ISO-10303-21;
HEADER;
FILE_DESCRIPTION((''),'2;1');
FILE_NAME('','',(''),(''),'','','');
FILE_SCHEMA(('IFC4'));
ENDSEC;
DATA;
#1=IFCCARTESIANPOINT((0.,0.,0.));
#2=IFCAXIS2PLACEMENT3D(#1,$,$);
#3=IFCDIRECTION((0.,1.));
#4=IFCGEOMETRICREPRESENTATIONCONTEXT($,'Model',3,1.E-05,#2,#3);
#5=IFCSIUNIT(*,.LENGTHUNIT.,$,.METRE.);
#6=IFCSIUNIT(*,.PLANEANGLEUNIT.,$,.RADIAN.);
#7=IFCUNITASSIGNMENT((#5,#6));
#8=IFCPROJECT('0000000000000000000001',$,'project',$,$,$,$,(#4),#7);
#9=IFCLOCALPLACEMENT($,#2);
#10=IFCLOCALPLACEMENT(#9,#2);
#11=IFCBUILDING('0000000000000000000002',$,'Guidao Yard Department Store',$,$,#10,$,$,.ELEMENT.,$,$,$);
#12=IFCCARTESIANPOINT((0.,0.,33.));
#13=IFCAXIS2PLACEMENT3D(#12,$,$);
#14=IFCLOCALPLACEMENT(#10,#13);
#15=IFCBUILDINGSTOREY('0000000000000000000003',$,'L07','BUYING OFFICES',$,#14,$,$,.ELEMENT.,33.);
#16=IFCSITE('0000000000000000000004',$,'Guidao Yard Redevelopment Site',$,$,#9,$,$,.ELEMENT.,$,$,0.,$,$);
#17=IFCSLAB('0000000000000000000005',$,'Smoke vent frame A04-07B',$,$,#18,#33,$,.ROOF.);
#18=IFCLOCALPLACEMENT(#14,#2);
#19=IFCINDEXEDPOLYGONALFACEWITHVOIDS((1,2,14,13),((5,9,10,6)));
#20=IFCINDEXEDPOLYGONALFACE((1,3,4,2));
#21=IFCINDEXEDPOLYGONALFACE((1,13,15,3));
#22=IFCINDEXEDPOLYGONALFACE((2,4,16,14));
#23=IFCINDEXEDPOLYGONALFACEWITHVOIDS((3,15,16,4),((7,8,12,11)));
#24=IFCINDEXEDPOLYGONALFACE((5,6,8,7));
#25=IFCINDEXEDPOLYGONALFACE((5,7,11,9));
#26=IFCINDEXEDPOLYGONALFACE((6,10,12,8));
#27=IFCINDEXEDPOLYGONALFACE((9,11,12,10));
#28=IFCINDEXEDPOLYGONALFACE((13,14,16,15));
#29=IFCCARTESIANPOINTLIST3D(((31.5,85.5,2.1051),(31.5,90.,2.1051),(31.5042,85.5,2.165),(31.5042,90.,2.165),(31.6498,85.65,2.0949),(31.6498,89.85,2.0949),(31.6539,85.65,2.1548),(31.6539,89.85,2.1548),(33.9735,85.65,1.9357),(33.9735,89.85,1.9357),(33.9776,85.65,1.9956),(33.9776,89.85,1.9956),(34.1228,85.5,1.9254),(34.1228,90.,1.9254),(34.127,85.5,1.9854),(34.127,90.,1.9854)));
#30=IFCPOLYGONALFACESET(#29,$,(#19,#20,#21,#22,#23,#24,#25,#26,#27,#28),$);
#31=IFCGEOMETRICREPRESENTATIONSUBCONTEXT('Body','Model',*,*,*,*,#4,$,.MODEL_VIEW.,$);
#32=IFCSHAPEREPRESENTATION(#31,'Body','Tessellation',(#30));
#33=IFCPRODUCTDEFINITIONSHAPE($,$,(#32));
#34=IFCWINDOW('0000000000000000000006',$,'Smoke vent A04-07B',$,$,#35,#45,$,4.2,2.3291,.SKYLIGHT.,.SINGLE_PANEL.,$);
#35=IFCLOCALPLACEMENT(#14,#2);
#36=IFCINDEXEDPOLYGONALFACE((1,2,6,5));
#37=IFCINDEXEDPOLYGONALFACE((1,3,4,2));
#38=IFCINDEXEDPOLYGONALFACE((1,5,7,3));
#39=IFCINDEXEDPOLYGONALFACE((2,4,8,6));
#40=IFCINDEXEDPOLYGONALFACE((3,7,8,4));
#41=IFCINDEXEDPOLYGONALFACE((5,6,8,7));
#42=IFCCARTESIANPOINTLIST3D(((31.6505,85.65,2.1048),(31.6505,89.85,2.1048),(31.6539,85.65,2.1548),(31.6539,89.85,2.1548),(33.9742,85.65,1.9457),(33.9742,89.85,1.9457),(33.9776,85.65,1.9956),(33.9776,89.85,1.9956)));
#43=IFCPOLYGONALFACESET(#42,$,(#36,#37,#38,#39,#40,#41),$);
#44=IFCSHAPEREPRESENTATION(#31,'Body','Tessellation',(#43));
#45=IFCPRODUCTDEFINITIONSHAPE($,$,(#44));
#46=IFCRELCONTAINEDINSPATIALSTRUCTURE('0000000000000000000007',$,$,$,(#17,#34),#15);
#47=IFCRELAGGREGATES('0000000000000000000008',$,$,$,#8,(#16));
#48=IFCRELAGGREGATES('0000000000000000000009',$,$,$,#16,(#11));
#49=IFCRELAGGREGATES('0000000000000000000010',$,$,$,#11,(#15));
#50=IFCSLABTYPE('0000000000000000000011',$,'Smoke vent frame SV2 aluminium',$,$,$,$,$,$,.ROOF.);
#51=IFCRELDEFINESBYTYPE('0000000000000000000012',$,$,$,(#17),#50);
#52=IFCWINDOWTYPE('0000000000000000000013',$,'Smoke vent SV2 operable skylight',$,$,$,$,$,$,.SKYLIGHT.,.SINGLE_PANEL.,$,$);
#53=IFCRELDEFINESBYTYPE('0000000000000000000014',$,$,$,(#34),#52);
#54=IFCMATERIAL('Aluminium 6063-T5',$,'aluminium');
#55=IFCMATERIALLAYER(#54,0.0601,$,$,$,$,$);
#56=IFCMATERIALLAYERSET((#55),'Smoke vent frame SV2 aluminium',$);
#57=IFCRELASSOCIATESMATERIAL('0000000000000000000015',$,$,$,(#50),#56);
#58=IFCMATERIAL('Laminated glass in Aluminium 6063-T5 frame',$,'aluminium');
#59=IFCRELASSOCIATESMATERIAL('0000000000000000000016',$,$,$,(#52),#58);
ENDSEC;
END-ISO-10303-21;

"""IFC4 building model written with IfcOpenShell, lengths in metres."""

from ifc_helpers import new_model, si_unit, direction, frame, origin, origin_2d, place, context, subcontext, project, spatial, polyline, rectangle, outline, extrude, material, layer, layer_set, type_object, element, fill, save


model = new_model("IFC4")

# Units and contexts
model_context = context("Model", 3, precision=1e-05, world=origin(), true_north=direction((0.0, 1.0)))
body_context = subcontext(model_context, "Body", "Model", "MODEL_VIEW")
ifc_project = project(units=[si_unit("LENGTHUNIT", "METRE"), si_unit("PLANEANGLEUNIT", "RADIAN")], contexts=[model_context])

# Site, building, storey
site_placement = place(None, origin())
site = spatial("IfcSite", under=ifc_project, at=site_placement, Name="Guidao Yard Redevelopment Site", CompositionType="ELEMENT", RefElevation=0.0)
building_placement = place(site_placement, origin())
building = spatial("IfcBuilding", under=site, at=building_placement, Name="Guidao Yard Department Store", CompositionType="ELEMENT")
storey_placement = place(building_placement, frame((0.0, 0.0, 33.0)))
storey = spatial("IfcBuildingStorey", under=building, at=storey_placement, Name="L07", Description="BUYING OFFICES", CompositionType="ELEMENT", Elevation=33.0)

# Slab, opening, window
ifc_material_1 = material(Name="Aluminium 6063-T5", Category="aluminium")
ifc_layer = layer(ifc_material_1, 0.0601)
ifc_layer_set = layer_set([ifc_layer], Name="Smoke vent frame SV2 aluminium")
slab_type = type_object("IfcSlabType", Name="Smoke vent frame SV2 aluminium", PredefinedType="ROOF", material=ifc_layer_set)
ifc_material_2 = material(Name="Laminated glass in Aluminium 6063-T5 frame", Category="aluminium")
window_type = type_object("IfcWindowType", Name="Smoke vent SV2 operable skylight", PartitioningType="SINGLE_PANEL", PredefinedType="SKYLIGHT", material=ifc_material_2)
slab_1_placement = place(storey_placement, frame((31.5042, 85.5, 2.165), z_axis=(0.06835, 0.0, 0.997661), x_axis=(0.997661, 0.0, -0.06835)))
slab_1 = element("IfcSlab", 1, at=slab_1_placement, inside=storey, type_object=slab_type, Name="Smoke vent frame A04-07B", PredefinedType="ROOF", context=body_context, shape_type="SweptSolid", body=[
    extrude(outline(polyline([(0.0, 0.0), (2.629, 0.0), (2.629, 4.5), (0.0, 4.5), (0.0, 0.0)])), origin(), (0.0, 0.0, -1.0), 0.0601),
])
opening_1_placement = place(slab_1_placement, frame((1.3147, 2.25, 0.0)))
opening_1 = element("IfcOpeningElement", 2, at=opening_1_placement, cuts=slab_1, PredefinedType="OPENING", context=body_context, shape_type="SweptSolid", body=[
    extrude(rectangle(XDim=2.3291, YDim=4.2, at=origin_2d()), frame((0.0, 0.0, 0.01)), (0.0, 0.0, -1.0), 0.0801),
])
window_1_placement = place(opening_1_placement, frame((0.0, 0.0, -0.05)))
window_1 = element("IfcWindow", 3, at=window_1_placement, inside=storey, type_object=window_type, Name="Smoke vent A04-07B", OverallHeight=4.2, OverallWidth=2.3291, PartitioningType="SINGLE_PANEL", PredefinedType="SKYLIGHT", context=body_context, shape_type="SweptSolid", body=[
    extrude(rectangle(XDim=2.3291, YDim=4.2, at=origin_2d()), origin(), (0.0, 0.0, 1.0), 0.05),
])
fill(opening_1, window_1)

save(model, "model.ifc")
